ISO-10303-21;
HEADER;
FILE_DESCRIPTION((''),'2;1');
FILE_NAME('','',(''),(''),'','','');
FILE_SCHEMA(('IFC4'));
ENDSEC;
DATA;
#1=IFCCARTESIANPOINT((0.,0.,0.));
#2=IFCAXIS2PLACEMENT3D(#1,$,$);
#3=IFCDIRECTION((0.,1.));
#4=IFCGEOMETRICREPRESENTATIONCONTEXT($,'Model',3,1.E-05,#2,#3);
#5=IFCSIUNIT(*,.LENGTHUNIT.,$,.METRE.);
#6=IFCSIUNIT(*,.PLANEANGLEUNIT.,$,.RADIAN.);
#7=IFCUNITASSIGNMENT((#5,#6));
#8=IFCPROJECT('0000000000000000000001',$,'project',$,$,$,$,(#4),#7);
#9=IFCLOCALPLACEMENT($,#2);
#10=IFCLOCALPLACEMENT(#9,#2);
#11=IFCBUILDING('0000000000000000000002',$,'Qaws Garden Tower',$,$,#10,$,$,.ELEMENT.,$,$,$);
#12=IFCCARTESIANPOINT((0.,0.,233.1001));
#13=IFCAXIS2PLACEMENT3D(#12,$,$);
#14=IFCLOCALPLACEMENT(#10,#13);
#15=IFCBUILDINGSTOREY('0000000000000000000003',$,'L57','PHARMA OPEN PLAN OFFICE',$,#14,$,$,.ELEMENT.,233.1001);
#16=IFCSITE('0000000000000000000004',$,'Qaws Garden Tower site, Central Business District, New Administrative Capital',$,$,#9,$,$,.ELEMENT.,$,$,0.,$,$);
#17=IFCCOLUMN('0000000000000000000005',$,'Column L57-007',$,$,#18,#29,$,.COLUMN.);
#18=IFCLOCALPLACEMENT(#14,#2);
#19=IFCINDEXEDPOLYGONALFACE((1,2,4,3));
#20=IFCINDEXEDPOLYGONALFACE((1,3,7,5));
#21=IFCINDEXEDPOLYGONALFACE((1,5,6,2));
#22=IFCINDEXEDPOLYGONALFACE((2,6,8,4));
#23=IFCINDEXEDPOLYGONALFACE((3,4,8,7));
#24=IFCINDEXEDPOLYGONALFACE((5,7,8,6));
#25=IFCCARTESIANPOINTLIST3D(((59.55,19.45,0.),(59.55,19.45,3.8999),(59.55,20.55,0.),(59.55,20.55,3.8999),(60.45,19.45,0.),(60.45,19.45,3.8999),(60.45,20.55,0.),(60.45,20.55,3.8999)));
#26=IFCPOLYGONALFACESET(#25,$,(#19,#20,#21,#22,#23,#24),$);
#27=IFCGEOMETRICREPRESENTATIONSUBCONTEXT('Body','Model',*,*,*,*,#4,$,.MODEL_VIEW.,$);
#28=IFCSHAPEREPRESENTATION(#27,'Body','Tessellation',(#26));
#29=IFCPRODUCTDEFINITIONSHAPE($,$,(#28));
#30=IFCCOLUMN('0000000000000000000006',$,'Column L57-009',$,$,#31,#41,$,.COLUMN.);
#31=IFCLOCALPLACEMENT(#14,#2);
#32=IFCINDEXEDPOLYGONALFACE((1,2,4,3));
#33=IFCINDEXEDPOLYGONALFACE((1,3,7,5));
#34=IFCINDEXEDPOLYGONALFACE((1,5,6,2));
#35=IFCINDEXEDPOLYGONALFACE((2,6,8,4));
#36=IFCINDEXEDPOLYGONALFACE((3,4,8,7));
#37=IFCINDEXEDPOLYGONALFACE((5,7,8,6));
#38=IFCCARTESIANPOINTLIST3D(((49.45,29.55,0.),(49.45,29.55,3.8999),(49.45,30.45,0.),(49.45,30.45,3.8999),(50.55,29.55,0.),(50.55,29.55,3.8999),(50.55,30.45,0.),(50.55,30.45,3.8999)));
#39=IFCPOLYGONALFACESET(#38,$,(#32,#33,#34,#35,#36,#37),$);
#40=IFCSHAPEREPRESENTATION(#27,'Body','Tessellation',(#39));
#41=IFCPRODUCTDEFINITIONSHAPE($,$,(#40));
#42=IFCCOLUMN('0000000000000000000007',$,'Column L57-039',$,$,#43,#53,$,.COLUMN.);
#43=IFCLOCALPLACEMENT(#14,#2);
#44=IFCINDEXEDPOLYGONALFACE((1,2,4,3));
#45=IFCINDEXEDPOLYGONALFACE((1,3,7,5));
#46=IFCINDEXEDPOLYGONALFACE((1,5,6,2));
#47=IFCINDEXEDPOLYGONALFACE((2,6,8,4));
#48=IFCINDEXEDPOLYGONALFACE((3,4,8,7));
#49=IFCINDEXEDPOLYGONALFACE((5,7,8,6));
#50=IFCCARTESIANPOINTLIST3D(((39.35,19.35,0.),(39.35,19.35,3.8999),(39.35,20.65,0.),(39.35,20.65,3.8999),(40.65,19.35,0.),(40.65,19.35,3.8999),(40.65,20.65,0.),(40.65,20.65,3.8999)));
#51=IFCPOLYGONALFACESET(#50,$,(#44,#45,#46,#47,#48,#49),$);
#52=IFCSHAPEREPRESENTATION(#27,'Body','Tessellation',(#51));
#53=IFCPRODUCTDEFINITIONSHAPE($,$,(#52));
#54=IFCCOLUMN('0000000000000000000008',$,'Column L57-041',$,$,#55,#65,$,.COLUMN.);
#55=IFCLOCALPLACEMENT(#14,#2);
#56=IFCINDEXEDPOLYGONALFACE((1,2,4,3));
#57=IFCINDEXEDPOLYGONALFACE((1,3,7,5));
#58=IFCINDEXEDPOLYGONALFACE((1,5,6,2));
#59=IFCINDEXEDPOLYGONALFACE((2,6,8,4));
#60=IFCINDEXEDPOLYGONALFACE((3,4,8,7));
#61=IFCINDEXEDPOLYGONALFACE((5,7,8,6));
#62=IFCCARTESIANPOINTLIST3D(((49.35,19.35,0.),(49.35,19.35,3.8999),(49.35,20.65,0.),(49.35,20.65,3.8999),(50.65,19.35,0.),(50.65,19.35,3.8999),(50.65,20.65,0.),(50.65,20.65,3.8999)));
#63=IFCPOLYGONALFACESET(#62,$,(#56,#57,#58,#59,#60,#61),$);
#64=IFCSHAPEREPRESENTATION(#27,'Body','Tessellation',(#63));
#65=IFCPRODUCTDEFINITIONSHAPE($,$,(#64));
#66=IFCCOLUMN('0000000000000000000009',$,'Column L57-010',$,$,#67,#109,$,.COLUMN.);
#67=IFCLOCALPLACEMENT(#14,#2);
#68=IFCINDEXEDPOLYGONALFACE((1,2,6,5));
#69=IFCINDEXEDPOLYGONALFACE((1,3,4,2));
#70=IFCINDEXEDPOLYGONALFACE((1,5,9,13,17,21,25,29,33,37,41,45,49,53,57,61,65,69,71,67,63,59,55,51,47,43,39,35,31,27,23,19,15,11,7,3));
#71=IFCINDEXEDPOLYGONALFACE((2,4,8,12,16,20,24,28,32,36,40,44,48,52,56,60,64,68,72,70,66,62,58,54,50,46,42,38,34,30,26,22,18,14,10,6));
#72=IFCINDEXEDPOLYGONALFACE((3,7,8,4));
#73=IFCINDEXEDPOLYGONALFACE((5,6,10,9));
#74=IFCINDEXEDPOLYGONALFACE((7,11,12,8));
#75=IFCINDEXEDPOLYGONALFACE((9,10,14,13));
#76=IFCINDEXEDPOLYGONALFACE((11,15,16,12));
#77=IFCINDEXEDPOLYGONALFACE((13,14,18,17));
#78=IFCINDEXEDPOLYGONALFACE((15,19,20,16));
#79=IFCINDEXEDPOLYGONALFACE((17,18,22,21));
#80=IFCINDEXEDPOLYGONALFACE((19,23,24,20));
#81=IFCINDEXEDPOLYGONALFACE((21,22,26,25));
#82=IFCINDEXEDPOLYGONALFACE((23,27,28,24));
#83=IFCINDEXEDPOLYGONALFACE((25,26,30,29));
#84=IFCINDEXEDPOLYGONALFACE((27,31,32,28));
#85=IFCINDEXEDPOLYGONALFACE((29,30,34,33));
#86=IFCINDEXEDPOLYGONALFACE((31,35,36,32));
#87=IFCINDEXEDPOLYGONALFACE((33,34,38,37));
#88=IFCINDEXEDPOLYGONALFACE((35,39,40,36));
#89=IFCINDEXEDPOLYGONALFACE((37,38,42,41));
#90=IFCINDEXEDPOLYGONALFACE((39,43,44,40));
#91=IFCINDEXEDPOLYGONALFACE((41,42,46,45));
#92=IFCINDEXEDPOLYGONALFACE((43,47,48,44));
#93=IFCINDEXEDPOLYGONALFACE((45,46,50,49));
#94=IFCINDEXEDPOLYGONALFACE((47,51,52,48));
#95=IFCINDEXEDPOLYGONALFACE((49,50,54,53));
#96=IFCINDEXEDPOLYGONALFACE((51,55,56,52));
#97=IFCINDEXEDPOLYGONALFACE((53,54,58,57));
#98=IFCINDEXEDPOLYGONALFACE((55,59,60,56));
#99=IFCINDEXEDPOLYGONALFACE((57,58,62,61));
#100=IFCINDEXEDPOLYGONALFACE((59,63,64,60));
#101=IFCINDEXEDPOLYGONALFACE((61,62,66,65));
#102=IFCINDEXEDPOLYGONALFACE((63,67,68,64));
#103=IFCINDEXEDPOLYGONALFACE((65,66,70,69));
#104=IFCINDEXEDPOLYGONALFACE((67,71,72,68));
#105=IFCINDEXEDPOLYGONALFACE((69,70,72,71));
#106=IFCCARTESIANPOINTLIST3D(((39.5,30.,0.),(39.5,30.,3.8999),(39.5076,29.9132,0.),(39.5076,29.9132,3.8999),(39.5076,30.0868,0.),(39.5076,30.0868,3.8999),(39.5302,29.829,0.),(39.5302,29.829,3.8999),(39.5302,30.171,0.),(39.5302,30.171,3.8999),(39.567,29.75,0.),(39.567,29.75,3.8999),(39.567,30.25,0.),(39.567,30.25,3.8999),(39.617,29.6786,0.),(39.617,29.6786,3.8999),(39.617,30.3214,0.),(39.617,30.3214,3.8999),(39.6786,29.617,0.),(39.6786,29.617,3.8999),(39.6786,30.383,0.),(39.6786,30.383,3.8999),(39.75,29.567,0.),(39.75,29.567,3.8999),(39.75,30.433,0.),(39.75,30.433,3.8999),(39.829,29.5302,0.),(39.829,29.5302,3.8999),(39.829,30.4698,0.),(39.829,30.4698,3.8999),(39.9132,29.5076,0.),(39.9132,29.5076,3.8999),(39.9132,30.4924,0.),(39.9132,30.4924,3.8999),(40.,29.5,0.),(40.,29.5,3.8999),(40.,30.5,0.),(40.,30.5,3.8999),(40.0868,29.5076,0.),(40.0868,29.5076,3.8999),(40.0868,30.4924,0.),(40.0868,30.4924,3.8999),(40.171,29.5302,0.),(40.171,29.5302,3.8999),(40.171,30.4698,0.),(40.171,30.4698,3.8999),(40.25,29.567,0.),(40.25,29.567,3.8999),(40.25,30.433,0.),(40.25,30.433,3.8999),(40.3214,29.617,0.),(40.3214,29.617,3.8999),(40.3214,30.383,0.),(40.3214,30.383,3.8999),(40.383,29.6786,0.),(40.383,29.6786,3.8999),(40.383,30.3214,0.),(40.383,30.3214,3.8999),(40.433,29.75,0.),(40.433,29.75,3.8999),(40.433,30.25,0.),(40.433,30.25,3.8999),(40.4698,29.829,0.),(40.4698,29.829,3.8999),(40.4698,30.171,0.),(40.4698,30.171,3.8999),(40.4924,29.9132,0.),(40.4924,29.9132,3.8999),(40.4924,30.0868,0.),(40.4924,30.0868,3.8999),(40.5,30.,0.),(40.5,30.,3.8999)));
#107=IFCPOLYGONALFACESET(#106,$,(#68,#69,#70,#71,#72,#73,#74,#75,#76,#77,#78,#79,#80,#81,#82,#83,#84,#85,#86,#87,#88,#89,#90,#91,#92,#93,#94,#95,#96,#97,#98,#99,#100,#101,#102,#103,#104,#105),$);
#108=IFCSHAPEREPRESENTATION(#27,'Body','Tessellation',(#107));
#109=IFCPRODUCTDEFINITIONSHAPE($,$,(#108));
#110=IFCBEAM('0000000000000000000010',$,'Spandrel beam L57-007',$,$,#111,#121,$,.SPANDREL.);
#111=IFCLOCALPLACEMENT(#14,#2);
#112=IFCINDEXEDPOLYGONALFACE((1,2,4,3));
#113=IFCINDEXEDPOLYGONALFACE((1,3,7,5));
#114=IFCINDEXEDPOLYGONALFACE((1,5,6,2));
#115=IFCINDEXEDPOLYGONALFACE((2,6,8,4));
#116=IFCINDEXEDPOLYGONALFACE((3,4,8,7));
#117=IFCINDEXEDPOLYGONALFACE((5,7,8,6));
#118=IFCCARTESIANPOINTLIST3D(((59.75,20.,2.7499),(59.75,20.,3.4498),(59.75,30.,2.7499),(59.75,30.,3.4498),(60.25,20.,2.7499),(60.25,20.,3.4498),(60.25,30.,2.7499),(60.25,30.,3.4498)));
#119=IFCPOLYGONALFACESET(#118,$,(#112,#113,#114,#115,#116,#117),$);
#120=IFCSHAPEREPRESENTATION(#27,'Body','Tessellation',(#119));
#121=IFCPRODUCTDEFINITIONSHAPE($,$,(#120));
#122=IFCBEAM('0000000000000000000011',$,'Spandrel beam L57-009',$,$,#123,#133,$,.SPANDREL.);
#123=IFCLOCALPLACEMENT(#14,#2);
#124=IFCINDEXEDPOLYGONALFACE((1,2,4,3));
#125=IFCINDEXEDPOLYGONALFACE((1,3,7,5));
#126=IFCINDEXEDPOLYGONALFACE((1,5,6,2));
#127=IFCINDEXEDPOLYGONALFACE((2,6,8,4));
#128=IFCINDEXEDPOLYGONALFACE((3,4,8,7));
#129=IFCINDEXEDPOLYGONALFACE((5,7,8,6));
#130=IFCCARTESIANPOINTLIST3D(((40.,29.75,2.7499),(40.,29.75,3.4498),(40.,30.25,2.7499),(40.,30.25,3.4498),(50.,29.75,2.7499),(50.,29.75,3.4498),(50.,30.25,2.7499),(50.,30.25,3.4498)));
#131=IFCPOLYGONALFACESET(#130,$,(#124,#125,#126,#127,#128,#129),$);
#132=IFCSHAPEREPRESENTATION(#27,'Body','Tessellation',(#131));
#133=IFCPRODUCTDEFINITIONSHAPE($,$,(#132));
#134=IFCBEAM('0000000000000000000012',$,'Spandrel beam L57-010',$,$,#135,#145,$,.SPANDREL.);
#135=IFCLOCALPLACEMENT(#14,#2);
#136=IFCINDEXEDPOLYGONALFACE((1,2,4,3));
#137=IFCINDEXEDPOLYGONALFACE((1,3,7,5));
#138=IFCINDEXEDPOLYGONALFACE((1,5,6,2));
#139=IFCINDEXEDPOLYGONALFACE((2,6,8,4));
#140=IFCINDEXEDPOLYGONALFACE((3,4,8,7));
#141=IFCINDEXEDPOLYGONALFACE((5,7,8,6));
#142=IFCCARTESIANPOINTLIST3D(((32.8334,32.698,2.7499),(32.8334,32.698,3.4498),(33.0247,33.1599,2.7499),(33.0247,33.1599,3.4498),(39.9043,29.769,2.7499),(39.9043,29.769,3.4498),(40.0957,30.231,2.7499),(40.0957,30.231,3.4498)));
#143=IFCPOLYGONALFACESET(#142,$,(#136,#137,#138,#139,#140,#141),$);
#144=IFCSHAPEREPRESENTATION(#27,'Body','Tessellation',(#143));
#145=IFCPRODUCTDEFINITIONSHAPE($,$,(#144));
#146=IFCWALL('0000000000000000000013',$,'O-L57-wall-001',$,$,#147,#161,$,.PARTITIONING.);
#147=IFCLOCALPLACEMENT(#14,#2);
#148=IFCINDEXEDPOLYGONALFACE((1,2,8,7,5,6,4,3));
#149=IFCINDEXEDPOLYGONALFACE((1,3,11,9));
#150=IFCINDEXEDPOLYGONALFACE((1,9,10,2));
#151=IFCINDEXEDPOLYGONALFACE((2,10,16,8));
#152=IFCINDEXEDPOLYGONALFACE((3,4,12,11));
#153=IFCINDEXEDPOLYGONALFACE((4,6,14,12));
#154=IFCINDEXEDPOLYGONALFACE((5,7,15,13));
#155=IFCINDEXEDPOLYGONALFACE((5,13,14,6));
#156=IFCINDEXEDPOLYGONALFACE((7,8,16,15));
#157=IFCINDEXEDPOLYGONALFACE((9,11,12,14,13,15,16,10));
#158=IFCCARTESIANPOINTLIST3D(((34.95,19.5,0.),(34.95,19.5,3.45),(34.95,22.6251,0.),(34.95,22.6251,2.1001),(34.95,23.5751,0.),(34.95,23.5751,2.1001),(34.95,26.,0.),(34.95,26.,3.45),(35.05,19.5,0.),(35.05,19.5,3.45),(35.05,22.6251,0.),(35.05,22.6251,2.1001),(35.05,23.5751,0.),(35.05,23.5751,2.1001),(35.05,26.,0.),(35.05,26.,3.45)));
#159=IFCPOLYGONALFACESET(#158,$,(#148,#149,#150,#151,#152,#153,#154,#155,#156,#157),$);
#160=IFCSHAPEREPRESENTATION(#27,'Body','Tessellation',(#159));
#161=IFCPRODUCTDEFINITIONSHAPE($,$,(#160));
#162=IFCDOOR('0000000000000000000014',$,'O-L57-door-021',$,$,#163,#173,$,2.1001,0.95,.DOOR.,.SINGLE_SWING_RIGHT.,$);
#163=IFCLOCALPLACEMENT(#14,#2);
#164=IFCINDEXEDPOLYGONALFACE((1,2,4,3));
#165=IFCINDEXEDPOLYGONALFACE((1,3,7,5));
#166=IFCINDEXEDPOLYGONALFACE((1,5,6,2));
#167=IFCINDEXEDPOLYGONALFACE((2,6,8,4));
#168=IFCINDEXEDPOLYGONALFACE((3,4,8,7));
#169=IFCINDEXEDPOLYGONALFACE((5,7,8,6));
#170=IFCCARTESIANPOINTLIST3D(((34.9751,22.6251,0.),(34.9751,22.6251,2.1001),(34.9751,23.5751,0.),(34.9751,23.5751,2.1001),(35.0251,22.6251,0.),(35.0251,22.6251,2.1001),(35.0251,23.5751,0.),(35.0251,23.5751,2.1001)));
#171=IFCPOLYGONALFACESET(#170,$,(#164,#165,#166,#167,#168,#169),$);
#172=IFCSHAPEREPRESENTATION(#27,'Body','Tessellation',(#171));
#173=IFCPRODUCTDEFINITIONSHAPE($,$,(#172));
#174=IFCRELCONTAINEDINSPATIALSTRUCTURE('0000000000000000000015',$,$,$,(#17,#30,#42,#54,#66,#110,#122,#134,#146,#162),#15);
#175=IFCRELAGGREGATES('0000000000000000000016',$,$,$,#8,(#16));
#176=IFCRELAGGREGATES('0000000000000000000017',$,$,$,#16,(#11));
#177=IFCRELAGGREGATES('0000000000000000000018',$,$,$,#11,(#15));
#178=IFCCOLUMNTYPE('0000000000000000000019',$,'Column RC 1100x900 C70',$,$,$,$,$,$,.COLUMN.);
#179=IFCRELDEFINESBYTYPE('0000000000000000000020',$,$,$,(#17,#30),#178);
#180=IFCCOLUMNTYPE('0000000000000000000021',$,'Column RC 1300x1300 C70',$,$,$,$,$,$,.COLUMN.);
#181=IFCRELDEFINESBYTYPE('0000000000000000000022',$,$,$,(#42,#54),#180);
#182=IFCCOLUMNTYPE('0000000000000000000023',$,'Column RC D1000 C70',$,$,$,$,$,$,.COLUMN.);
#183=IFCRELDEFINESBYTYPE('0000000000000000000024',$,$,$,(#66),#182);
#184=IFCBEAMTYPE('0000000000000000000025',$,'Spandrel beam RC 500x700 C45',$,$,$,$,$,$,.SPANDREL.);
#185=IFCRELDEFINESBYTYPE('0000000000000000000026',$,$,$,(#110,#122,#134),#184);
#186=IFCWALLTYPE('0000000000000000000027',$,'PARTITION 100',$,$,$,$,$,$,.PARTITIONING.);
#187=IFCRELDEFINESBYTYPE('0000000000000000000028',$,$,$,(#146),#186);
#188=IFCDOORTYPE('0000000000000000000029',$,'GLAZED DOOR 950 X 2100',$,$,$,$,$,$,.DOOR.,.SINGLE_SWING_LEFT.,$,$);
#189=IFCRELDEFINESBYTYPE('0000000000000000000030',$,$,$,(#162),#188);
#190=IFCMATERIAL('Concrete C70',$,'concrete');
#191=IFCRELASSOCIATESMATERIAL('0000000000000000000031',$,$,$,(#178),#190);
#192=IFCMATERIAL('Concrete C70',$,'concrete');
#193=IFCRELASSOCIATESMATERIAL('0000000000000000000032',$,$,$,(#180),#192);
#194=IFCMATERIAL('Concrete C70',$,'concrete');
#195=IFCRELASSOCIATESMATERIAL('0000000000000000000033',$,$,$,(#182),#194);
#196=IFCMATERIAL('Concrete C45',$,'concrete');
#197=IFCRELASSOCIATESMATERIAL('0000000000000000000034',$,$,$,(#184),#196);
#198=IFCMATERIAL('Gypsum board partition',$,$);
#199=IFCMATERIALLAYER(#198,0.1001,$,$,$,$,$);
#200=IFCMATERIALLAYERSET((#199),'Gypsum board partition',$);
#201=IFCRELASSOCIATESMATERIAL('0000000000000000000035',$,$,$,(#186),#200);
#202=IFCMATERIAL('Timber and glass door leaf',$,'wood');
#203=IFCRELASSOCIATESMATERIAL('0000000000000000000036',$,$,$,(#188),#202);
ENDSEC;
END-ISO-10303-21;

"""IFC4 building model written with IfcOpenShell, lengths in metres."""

from ifc_helpers import new_model, si_unit, direction, frame, frame_2d, origin, origin_2d, place, context, subcontext, project, spatial, rectangle, circle, extrude, material, layer, layer_set, material_profile, profile_set, type_object, element, fill, save


model = new_model("IFC4")

# Units and contexts
model_context = context("Model", 3, precision=1e-05, world=origin(), true_north=direction((0.0, 1.0)))
body_context = subcontext(model_context, "Body", "Model", "MODEL_VIEW")
ifc_project = project(units=[si_unit("LENGTHUNIT", "METRE"), si_unit("PLANEANGLEUNIT", "RADIAN")], contexts=[model_context])

# Site, building, storey
site_placement = place(None, origin())
site = spatial("IfcSite", under=ifc_project, at=site_placement, Name="Qaws Garden Tower site, Central Business District, New Administrative Capital", CompositionType="ELEMENT", RefElevation=0.0)
building_placement = place(site_placement, origin())
building = spatial("IfcBuilding", under=site, at=building_placement, Name="Qaws Garden Tower", CompositionType="ELEMENT")
storey_placement = place(building_placement, frame((0.0, 0.0, 233.1001)))
storey = spatial("IfcBuildingStorey", under=building, at=storey_placement, Name="L57", Description="PHARMA OPEN PLAN OFFICE", CompositionType="ELEMENT", Elevation=233.1001)

# Columns
ifc_material_1 = material(Name="Concrete C70", Category="concrete")
ifc_material_profile_1 = material_profile(ifc_material_1, rectangle(XDim=1.1001, YDim=0.8999, at=origin_2d()), Name="RC 1100x900")
ifc_profile_set_1 = profile_set([ifc_material_profile_1], Name="Concrete C70")
column_type_1 = type_object("IfcColumnType", Name="Column RC 1100x900 C70", PredefinedType="COLUMN", material=ifc_profile_set_1)
for number, where, z_axis, x_axis, name in (
    (1, (60.0, 20.0, 0.0), (0.0, 0.0, 1.0), (0.0, 1.0, 0.0), "Column L57-007"),
    (2, (50.0, 30.0, 0.0), (0.0, 0.0, 1.0), (1.0, 0.0, 0.0), "Column L57-009"),
):
    element("IfcColumn", number, at=place(storey_placement, frame(where, z_axis=z_axis, x_axis=x_axis)), inside=storey, type_object=column_type_1, Name=name, PredefinedType="COLUMN", context=body_context, shape_type="SweptSolid", body=[
        extrude(rectangle(XDim=1.1001, YDim=0.8999, at=origin_2d()), origin(), (0.0, 0.0, 1.0), 3.8999),
    ])
ifc_material_2 = material(Name="Concrete C70", Category="concrete")
ifc_material_profile_2 = material_profile(ifc_material_2, rectangle(XDim=1.3, YDim=1.3, at=origin_2d()), Name="RC 1300x1300")
ifc_profile_set_2 = profile_set([ifc_material_profile_2], Name="Concrete C70")
column_type_2 = type_object("IfcColumnType", Name="Column RC 1300x1300 C70", PredefinedType="COLUMN", material=ifc_profile_set_2)
for number, where, z_axis, x_axis, name in (
    (3, (40.0, 20.0, 0.0), (0.0, 0.0, 1.0), (1.0, 0.0, 0.0), "Column L57-039"),
    (4, (50.0, 20.0, 0.0), (0.0, 0.0, 1.0), (1.0, 0.0, 0.0), "Column L57-041"),
):
    element("IfcColumn", number, at=place(storey_placement, frame(where, z_axis=z_axis, x_axis=x_axis)), inside=storey, type_object=column_type_2, Name=name, PredefinedType="COLUMN", context=body_context, shape_type="SweptSolid", body=[
        extrude(rectangle(XDim=1.3, YDim=1.3, at=origin_2d()), origin(), (0.0, 0.0, 1.0), 3.8999),
    ])
ifc_material_3 = material(Name="Concrete C70", Category="concrete")
ifc_material_profile_3 = material_profile(ifc_material_3, circle(Radius=0.5, at=origin_2d()), Name="RC D1000")
ifc_profile_set_3 = profile_set([ifc_material_profile_3], Name="Concrete C70")
column_type_3 = type_object("IfcColumnType", Name="Column RC D1000 C70", PredefinedType="COLUMN", material=ifc_profile_set_3)
column_placement = place(storey_placement, frame((40.0, 30.0, 0.0), z_axis=(0.0, 0.0, 1.0), x_axis=(1.0, 0.0, 0.0)))
element("IfcColumn", 5, at=column_placement, inside=storey, type_object=column_type_3, Name="Column L57-010", PredefinedType="COLUMN", context=body_context, shape_type="SweptSolid", body=[
    extrude(circle(Radius=0.5, at=origin_2d()), origin(), (0.0, 0.0, 1.0), 3.8999),
])

# Beams
ifc_material_4 = material(Name="Concrete C45", Category="concrete")
ifc_material_profile_4 = material_profile(ifc_material_4, rectangle(XDim=0.5, YDim=0.7, at=origin_2d()), Name="RC 500x700")
ifc_profile_set_4 = profile_set([ifc_material_profile_4], Name="Concrete C45")
beam_type = type_object("IfcBeamType", Name="Spandrel beam RC 500x700 C45", PredefinedType="SPANDREL", material=ifc_profile_set_4)
for number, where, z_axis, x_axis, name in (
    (6, (60.0, 20.0, 3.0999), (0.0, 1.0, 0.0), (-1.0, 0.0, 0.0), "Spandrel beam L57-007"),
    (7, (50.0, 30.0, 3.0999), (-1.0, 0.0, 0.0), (0.0, -1.0, 0.0), "Spandrel beam L57-009"),
):
    element("IfcBeam", number, at=place(storey_placement, frame(where, z_axis=z_axis, x_axis=x_axis)), inside=storey, type_object=beam_type, Name=name, PredefinedType="SPANDREL", context=body_context, shape_type="SweptSolid", body=[
        extrude(rectangle(XDim=0.5, YDim=0.7, at=origin_2d()), origin(), (0.0, 0.0, 1.0), 10.0),
    ])
beam_placement = place(storey_placement, frame((40.0, 30.0, 3.0999), z_axis=(-0.923878, 0.382687, 0.0), x_axis=(-0.382687, -0.923878, 0.0)))
element("IfcBeam", 8, at=beam_placement, inside=storey, type_object=beam_type, Name="Spandrel beam L57-010", PredefinedType="SPANDREL", context=body_context, shape_type="SweptSolid", body=[
    extrude(rectangle(XDim=0.5, YDim=0.7, at=origin_2d()), origin(), (0.0, 0.0, 1.0), 7.6536),
])

# Wall, opening, door
ifc_material_5 = material(Name="Gypsum board partition")
ifc_layer_1 = layer(ifc_material_5, 0.1001)
ifc_layer_set_1 = layer_set([ifc_layer_1], Name="Gypsum board partition")
wall_type_1 = type_object("IfcWallType", Name="PARTITION 100", PredefinedType="PARTITIONING", material=ifc_layer_set_1)
wall_1_placement = place(storey_placement, frame((35.0, 19.5, 0.0), z_axis=(0.0, 0.0, 1.0), x_axis=(0.0, 1.0, 0.0)))
wall_1 = element("IfcWall", 9, at=wall_1_placement, inside=storey, type_object=wall_type_1, Name="O-L57-wall-001", PredefinedType="PARTITIONING", context=body_context, shape_type="SweptSolid", body=[
    extrude(rectangle(XDim=6.5, YDim=0.1001, at=frame_2d((3.25, 0.0))), origin(), (0.0, 0.0, 1.0), 3.45),
])
opening_1_placement = place(wall_1_placement, frame((3.125, 0.0, 0.0)))
opening_1 = element("IfcOpeningElement", 10, at=opening_1_placement, cuts=wall_1, PredefinedType="OPENING", context=body_context, shape_type="SweptSolid", body=[
    extrude(rectangle(XDim=0.95, YDim=2.1001, at=frame_2d((0.4751, 1.05))), frame((0.0, 0.0601, 0.0), z_axis=(0.0, -1.0, 0.0), x_axis=(1.0, 0.0, 0.0)), (0.0, 0.0, 1.0), 0.1201),
])
ifc_material_6 = material(Name="Timber and glass door leaf", Category="wood")
door_type_1 = type_object("IfcDoorType", Name="GLAZED DOOR 950 X 2100", OperationType="SINGLE_SWING_LEFT", PredefinedType="DOOR", material=ifc_material_6)
door_1_placement = place(opening_1_placement, origin())
door_1 = element("IfcDoor", 11, at=door_1_placement, inside=storey, type_object=door_type_1, Name="O-L57-door-021", OperationType="SINGLE_SWING_RIGHT", OverallHeight=2.1001, OverallWidth=0.95, PredefinedType="DOOR", context=body_context, shape_type="SweptSolid", body=[
    extrude(rectangle(XDim=0.95, YDim=2.1001, at=frame_2d((0.4751, 1.05))), frame((0.0, 0.0249, 0.0), z_axis=(0.0, -1.0, 0.0), x_axis=(1.0, 0.0, 0.0)), (0.0, 0.0, 1.0), 0.05),
])
fill(opening_1, door_1)

save(model, "model.ifc")
